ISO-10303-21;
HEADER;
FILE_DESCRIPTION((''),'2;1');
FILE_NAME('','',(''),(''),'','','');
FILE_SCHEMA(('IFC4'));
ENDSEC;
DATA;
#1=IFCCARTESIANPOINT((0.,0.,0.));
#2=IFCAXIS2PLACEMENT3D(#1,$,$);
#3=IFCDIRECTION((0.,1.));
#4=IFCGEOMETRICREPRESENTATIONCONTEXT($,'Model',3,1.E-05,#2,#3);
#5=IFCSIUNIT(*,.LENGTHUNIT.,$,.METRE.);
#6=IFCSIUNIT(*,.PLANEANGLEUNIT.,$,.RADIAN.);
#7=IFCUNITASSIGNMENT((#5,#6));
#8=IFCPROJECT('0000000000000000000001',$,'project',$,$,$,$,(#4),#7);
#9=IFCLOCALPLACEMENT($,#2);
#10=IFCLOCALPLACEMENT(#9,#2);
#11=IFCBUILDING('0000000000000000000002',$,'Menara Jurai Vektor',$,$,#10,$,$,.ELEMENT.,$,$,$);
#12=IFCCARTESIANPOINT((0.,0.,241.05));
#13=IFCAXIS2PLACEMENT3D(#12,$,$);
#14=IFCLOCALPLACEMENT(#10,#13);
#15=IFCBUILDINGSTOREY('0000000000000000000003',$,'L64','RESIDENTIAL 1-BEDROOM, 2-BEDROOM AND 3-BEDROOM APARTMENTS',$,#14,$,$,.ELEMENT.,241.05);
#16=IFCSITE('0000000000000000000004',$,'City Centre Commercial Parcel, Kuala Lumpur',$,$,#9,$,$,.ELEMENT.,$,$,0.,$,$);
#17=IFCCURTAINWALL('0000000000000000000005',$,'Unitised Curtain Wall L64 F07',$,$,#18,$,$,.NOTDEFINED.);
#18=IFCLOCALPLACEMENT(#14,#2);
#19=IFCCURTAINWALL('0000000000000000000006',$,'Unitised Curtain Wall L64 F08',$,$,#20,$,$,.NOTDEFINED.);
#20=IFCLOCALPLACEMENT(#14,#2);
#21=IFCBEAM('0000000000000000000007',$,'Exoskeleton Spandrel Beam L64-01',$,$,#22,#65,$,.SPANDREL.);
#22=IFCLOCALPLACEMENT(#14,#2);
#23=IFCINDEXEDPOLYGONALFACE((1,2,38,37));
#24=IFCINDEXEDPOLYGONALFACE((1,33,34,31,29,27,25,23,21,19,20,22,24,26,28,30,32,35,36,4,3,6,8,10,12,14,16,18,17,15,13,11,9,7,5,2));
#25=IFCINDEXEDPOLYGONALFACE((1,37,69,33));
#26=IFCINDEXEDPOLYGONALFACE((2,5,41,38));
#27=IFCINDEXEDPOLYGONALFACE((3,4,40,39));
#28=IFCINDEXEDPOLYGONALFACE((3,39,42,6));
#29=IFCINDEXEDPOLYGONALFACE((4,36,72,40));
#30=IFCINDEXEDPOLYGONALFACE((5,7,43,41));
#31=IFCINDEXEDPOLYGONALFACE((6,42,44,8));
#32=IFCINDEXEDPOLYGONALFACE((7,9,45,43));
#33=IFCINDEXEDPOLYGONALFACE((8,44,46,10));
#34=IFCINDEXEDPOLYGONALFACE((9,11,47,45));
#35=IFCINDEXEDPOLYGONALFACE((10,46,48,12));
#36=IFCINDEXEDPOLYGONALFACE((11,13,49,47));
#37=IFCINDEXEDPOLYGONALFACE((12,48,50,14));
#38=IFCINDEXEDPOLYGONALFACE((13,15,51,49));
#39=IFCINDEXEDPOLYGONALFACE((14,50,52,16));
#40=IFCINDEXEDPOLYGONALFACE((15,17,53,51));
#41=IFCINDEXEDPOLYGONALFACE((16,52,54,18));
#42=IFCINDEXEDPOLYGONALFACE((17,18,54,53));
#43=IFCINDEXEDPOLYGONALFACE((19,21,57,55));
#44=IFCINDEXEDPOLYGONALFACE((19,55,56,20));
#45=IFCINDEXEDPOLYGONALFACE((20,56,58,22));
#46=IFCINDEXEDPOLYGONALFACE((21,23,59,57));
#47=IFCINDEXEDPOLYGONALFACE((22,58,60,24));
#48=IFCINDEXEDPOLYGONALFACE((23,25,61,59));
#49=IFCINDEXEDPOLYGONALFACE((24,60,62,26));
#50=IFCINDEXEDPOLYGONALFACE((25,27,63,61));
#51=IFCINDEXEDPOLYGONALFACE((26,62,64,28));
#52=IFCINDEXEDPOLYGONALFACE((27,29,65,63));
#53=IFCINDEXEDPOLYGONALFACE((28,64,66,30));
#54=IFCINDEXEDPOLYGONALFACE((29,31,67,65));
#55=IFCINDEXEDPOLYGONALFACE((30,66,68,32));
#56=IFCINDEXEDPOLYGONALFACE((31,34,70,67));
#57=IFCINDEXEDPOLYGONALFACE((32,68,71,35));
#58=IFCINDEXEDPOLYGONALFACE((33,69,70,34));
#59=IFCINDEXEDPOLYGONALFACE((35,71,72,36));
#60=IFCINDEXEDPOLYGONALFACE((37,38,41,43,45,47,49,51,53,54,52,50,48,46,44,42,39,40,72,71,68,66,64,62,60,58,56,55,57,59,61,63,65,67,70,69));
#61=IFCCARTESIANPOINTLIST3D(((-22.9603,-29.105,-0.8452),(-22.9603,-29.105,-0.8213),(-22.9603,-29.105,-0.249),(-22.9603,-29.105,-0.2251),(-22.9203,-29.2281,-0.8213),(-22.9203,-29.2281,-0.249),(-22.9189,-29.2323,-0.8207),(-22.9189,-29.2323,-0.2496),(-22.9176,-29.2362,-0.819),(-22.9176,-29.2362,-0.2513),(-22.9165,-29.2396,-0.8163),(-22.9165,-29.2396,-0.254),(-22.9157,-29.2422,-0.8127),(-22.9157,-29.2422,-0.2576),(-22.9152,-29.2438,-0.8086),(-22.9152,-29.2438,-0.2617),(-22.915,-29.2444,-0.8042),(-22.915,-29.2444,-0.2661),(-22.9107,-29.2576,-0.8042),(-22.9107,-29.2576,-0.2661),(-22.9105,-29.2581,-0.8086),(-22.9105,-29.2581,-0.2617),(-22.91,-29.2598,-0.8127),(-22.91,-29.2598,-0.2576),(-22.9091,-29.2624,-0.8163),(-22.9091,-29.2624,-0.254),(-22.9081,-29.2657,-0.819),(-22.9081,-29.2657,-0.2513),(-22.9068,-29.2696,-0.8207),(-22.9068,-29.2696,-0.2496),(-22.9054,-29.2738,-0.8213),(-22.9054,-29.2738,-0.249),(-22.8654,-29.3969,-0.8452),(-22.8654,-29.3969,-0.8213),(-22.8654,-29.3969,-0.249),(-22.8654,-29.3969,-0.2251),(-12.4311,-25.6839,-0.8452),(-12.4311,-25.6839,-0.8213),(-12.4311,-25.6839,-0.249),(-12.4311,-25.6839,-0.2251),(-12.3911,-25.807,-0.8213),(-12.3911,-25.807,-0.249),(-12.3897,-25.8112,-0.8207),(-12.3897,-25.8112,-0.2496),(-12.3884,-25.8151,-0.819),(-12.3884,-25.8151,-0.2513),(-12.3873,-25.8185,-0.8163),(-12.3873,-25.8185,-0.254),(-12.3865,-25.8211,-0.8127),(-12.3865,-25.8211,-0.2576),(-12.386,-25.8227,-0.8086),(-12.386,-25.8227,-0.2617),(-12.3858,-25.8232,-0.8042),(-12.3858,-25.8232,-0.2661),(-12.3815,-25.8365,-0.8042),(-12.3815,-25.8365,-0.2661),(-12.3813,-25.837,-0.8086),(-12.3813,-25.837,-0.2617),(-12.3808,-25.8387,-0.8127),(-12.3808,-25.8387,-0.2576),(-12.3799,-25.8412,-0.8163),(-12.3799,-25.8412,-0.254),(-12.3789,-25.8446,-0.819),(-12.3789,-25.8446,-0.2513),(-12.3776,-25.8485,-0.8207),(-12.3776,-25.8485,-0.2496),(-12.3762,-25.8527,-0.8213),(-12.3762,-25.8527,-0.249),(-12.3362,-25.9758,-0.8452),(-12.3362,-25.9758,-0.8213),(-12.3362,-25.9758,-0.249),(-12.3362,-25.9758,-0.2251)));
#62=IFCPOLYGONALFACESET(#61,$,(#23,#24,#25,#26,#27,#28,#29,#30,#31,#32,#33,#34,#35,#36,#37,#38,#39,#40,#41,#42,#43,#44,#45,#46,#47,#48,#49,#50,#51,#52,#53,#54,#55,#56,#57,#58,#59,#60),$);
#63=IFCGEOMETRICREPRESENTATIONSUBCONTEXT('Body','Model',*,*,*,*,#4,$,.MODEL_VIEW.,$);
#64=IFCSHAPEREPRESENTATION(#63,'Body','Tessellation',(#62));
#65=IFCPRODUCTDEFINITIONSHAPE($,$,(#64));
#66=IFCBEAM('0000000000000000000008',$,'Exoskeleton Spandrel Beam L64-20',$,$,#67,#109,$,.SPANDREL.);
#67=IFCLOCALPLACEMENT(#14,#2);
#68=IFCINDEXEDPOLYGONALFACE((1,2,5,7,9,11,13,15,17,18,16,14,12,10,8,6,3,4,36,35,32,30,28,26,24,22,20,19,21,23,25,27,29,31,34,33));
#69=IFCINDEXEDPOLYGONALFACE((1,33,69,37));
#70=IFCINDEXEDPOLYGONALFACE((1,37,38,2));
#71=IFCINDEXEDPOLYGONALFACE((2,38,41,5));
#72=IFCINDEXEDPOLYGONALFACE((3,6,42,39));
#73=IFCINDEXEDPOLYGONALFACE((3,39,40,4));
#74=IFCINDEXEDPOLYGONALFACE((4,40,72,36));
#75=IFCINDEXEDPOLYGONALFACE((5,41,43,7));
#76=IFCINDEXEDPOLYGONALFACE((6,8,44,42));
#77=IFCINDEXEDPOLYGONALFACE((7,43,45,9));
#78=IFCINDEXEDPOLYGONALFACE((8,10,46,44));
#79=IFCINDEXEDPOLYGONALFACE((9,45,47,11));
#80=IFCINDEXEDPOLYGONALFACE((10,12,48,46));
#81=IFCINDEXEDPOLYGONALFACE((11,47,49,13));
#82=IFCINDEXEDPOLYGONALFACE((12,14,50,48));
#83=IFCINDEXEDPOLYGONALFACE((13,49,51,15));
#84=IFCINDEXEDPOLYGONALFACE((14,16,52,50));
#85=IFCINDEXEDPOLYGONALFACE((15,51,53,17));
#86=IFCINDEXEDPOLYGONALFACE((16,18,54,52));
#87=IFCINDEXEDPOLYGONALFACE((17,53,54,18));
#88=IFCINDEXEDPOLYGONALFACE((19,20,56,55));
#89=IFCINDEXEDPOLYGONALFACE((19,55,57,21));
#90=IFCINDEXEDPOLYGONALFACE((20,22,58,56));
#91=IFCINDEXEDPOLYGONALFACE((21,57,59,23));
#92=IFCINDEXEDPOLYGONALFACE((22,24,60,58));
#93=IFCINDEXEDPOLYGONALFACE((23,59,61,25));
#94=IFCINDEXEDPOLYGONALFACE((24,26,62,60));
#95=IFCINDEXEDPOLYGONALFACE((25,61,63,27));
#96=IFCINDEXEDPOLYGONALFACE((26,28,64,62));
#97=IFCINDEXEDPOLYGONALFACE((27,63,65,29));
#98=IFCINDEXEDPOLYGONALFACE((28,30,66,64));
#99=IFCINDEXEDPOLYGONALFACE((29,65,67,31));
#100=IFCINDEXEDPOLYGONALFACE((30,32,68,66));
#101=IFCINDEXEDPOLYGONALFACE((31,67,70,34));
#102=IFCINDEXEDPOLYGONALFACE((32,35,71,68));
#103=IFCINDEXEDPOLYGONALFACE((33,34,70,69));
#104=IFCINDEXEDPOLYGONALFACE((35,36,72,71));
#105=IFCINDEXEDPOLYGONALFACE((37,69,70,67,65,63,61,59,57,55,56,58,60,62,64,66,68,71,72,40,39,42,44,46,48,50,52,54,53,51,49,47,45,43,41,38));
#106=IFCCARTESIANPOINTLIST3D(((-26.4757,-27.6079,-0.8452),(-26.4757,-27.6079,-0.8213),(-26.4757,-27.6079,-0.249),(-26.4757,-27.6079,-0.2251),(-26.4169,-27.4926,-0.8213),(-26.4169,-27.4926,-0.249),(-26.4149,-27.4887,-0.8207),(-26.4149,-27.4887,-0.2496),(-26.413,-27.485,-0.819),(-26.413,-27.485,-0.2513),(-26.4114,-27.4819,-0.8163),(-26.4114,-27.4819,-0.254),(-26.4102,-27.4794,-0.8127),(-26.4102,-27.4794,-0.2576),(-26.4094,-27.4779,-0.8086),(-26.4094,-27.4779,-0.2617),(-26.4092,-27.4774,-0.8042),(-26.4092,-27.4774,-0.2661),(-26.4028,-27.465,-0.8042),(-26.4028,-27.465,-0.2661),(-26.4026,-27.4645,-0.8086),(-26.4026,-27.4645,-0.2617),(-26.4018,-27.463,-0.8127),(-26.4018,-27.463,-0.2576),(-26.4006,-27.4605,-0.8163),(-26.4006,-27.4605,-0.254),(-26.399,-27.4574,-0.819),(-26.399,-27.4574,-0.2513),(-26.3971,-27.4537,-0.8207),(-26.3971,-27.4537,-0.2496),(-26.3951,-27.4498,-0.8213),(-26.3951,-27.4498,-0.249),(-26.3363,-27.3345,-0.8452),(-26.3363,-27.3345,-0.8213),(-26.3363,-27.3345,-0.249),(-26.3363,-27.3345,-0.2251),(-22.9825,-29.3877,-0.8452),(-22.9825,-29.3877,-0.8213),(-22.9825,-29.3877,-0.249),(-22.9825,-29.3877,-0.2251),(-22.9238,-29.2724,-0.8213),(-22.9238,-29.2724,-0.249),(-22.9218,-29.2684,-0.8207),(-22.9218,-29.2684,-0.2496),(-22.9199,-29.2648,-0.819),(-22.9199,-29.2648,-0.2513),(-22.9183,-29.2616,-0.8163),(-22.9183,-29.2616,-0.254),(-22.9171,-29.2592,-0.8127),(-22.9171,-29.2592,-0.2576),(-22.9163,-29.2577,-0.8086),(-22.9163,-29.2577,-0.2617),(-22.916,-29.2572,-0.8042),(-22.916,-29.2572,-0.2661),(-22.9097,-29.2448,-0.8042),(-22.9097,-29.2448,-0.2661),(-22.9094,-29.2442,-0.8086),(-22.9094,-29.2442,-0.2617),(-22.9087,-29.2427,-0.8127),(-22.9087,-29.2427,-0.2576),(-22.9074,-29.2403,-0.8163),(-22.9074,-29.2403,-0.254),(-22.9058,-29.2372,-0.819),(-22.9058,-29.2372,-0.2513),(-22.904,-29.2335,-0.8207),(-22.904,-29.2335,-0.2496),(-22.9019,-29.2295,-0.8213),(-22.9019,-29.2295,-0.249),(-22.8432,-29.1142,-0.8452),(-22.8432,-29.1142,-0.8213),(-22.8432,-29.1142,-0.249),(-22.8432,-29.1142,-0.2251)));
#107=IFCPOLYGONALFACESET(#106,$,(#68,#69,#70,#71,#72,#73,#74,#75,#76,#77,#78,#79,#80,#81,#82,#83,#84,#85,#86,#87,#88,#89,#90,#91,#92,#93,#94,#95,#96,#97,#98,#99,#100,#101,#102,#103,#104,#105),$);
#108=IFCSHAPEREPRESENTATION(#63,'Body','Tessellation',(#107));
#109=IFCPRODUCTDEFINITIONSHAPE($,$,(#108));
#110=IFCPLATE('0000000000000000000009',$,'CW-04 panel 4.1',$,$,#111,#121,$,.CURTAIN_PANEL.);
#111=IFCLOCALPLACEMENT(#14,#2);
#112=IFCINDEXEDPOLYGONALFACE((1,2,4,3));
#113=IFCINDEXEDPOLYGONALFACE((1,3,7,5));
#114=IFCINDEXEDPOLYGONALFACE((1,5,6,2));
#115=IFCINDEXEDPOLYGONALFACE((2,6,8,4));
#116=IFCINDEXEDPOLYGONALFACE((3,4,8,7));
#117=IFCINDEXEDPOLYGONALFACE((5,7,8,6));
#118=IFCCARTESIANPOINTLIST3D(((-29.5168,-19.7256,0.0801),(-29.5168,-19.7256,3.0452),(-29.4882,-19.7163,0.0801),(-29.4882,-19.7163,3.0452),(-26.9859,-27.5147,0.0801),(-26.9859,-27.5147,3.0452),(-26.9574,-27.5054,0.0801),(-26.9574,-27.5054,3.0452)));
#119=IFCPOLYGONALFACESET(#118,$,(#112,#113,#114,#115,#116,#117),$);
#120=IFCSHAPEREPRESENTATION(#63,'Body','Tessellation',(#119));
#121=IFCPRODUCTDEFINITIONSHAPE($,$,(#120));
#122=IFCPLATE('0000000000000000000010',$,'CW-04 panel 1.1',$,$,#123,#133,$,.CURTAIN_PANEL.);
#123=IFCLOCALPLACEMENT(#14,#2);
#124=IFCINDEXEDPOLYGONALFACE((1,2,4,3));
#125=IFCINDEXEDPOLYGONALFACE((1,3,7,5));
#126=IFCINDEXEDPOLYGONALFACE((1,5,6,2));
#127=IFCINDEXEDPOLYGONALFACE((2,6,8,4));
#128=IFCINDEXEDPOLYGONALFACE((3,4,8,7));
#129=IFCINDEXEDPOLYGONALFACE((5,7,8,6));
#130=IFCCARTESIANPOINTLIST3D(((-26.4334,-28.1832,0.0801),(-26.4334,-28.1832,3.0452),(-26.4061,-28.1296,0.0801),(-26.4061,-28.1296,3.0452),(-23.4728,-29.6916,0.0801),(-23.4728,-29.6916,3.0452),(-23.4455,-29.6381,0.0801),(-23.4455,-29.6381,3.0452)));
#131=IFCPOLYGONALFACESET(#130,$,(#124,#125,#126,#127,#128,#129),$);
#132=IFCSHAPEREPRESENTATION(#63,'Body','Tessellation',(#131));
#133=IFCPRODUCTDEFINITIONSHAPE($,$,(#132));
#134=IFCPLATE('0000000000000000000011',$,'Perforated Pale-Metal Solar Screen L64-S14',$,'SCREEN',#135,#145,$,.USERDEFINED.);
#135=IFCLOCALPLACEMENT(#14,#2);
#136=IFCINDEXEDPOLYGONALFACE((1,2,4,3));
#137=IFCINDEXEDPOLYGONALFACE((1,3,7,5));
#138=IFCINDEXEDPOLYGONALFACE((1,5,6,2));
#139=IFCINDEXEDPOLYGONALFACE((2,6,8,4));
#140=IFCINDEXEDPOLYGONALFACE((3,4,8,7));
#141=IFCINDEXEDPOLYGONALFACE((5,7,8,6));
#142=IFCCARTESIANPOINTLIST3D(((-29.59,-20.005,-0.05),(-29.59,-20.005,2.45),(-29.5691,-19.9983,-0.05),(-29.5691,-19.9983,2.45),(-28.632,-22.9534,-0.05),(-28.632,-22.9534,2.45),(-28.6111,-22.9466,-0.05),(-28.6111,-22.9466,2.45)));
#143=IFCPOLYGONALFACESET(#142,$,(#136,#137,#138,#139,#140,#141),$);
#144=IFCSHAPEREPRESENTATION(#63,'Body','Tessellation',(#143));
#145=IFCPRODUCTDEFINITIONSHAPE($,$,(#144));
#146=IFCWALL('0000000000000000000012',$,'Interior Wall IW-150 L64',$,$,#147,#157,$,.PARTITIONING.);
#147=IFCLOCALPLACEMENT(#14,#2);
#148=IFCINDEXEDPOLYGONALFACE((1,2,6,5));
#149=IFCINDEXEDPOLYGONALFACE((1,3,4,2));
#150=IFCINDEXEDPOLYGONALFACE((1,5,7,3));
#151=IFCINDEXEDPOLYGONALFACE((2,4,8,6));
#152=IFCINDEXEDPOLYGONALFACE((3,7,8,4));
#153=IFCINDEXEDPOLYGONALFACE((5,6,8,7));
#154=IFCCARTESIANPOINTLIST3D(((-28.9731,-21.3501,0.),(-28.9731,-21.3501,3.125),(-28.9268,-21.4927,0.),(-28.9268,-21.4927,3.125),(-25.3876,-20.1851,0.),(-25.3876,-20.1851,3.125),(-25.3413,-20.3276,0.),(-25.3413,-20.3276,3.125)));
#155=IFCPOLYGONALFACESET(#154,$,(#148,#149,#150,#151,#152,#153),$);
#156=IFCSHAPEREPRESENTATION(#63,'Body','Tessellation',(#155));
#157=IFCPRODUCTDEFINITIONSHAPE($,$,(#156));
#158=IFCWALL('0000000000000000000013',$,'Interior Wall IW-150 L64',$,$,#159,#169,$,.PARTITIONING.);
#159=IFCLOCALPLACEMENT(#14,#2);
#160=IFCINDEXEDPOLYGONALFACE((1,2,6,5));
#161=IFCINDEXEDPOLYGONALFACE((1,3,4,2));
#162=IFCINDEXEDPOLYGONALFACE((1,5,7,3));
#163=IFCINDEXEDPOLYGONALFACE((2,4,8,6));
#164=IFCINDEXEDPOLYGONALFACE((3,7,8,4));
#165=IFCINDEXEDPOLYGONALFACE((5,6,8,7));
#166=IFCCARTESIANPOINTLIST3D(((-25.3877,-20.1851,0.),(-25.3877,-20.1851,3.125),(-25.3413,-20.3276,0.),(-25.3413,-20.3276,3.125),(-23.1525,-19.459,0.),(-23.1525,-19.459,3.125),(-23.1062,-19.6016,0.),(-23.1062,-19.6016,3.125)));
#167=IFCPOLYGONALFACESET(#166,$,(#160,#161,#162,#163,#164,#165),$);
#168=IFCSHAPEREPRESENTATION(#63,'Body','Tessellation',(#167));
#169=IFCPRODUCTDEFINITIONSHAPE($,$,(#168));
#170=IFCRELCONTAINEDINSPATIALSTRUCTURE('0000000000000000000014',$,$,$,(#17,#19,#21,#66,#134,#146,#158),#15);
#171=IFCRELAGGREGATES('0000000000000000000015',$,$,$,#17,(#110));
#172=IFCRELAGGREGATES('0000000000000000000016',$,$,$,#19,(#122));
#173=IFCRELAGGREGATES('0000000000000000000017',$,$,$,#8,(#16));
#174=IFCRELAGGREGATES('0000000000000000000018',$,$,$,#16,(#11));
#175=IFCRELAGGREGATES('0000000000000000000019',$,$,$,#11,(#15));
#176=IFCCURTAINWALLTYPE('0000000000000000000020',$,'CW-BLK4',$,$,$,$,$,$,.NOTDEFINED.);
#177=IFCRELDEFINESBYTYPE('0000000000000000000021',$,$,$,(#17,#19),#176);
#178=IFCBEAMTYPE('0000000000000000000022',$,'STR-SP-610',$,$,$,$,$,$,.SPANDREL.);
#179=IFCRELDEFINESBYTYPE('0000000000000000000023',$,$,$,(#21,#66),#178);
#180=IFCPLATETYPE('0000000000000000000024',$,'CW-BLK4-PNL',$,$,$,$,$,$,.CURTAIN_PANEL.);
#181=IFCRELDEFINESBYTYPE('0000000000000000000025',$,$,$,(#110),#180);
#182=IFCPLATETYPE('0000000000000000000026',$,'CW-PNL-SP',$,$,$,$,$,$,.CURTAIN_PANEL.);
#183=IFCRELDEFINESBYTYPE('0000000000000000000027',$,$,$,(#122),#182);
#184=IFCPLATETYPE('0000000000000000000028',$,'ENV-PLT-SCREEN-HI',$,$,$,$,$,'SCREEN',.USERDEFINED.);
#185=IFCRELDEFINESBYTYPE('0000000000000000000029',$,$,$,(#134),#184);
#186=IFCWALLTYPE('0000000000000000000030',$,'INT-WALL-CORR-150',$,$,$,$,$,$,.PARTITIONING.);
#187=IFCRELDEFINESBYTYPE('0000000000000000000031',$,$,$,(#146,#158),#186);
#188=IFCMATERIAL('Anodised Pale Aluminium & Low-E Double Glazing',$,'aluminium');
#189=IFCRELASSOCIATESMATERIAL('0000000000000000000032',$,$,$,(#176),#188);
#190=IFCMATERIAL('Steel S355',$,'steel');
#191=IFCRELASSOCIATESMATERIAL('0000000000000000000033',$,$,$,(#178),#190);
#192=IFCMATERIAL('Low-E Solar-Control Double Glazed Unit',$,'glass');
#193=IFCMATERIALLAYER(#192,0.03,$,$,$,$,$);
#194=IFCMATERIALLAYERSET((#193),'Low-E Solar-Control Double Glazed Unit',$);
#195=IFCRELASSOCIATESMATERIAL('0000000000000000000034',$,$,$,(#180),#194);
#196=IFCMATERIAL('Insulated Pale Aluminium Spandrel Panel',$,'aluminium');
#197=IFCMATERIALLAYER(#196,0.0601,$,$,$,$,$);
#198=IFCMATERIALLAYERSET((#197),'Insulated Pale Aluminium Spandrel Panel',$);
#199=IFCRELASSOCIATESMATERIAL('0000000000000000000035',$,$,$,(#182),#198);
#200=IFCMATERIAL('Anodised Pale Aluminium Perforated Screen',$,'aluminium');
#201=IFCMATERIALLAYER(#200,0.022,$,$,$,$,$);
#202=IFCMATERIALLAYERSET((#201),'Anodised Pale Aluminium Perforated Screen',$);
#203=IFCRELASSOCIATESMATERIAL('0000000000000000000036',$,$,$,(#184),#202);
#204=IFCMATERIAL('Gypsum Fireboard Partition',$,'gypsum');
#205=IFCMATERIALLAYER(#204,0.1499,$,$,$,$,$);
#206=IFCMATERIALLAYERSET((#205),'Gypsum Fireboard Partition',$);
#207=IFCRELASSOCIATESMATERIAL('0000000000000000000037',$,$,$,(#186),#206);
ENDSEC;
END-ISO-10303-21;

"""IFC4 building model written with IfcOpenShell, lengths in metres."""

from ifc_helpers import new_model, si_unit, direction, frame, frame_2d, origin, origin_2d, place, context, subcontext, project, spatial, rectangle, i_section, extrude, material, layer, layer_set, material_profile, profile_set, type_object, element, aggregate, save


model = new_model("IFC4")

# Units and contexts
model_context = context("Model", 3, precision=1e-05, world=origin(), true_north=direction((0.0, 1.0)))
body_context = subcontext(model_context, "Body", "Model", "MODEL_VIEW")
ifc_project = project(units=[si_unit("LENGTHUNIT", "METRE"), si_unit("PLANEANGLEUNIT", "RADIAN")], contexts=[model_context])

# Site, building, storey
site_placement = place(None, origin())
site = spatial("IfcSite", under=ifc_project, at=site_placement, Name="City Centre Commercial Parcel, Kuala Lumpur", CompositionType="ELEMENT", RefElevation=0.0)
building_placement = place(site_placement, origin())
building = spatial("IfcBuilding", under=site, at=building_placement, Name="Menara Jurai Vektor", CompositionType="ELEMENT")
storey_placement = place(building_placement, frame((0.0, 0.0, 241.05)))
storey = spatial("IfcBuildingStorey", under=building, at=storey_placement, Name="L64", Description="RESIDENTIAL 1-BEDROOM, 2-BEDROOM AND 3-BEDROOM APARTMENTS", CompositionType="ELEMENT", Elevation=241.05)

# Curtain wall
ifc_material_1 = material(Name="Anodised Pale Aluminium & Low-E Double Glazing", Category="aluminium")
curtain_wall_type = type_object("IfcCurtainWallType", Name="CW-BLK4", PredefinedType="NOTDEFINED", material=ifc_material_1)
curtain_wall_1_placement = place(storey_placement, origin())
curtain_wall_1 = element("IfcCurtainWall", 1, at=curtain_wall_1_placement, inside=storey, type_object=curtain_wall_type, Name="Unitised Curtain Wall L64 F07", PredefinedType="NOTDEFINED")

# Curtain wall
curtain_wall_2_placement = place(storey_placement, origin())
curtain_wall_2 = element("IfcCurtainWall", 2, at=curtain_wall_2_placement, inside=storey, type_object=curtain_wall_type, Name="Unitised Curtain Wall L64 F08", PredefinedType="NOTDEFINED")

# Shared definitions
ifc_material_2 = material(Name="Steel S355", Category="steel")

# Beams
ifc_material_profile_1 = material_profile(ifc_material_2, i_section(OverallWidth=0.3069, OverallDepth=0.6201, WebThickness=0.0139, FlangeThickness=0.0239, FilletRadius=0.0171, at=origin_2d()), Name="UKB 610x305x179")
ifc_profile_set_1 = profile_set([ifc_material_profile_1], Name="Steel S355")
beam_type_1 = type_object("IfcBeamType", Name="STR-SP-610", PredefinedType="SPANDREL", material=ifc_profile_set_1)
beam_1_placement = place(storey_placement, frame((-22.9128, -29.251, -0.5352), z_axis=(0.951057, 0.309014, 0.0), x_axis=(-0.309014, 0.951057, 0.0)))
element("IfcBeam", 3, at=beam_1_placement, inside=storey, type_object=beam_type_1, Name="Exoskeleton Spandrel Beam L64-01", PredefinedType="SPANDREL", context=body_context, shape_type="SweptSolid", body=[
    extrude(i_section(OverallWidth=0.3069, OverallDepth=0.6201, WebThickness=0.0139, FlangeThickness=0.0239, FilletRadius=0.0171, at=origin_2d()), origin(), (0.0, 0.0, 1.0), 11.071),
])
beam_2_placement = place(storey_placement, frame((-26.406, -27.4712, -0.5352), z_axis=(0.891014, -0.453976, 0.0), x_axis=(0.453976, 0.891014, 0.0)))
element("IfcBeam", 4, at=beam_2_placement, inside=storey, type_object=beam_type_1, Name="Exoskeleton Spandrel Beam L64-20", PredefinedType="SPANDREL", context=body_context, shape_type="SweptSolid", body=[
    extrude(i_section(OverallWidth=0.3069, OverallDepth=0.6201, WebThickness=0.0139, FlangeThickness=0.0239, FilletRadius=0.0171, at=origin_2d()), origin(), (0.0, 0.0, 1.0), 3.9204),
])

# Plates
ifc_material_3 = material(Name="Low-E Solar-Control Double Glazed Unit", Category="glass")
ifc_layer_1 = layer(ifc_material_3, 0.03)
ifc_layer_set_1 = layer_set([ifc_layer_1], Name="Low-E Solar-Control Double Glazed Unit")
plate_type_1 = type_object("IfcPlateType", Name="CW-BLK4-PNL", PredefinedType="CURTAIN_PANEL", material=ifc_layer_set_1)
plate_1_placement = place(storey_placement, frame((-28.2371, -23.6155, 0.0801), z_axis=(0.0, 0.0, 1.0), x_axis=(0.309016, -0.951057, 0.0)))
plate_1 = element("IfcPlate", 5, at=plate_1_placement, type_object=plate_type_1, Name="CW-04 panel 4.1", PredefinedType="CURTAIN_PANEL", context=body_context, shape_type="SweptSolid", body=[
    extrude(rectangle(XDim=8.1899, YDim=0.03, at=origin_2d()), origin(), (0.0, 0.0, 1.0), 2.9651),
])
aggregate(curtain_wall_1, [plate_1])
ifc_material_4 = material(Name="Insulated Pale Aluminium Spandrel Panel", Category="aluminium")
ifc_layer_2 = layer(ifc_material_4, 0.0601)
ifc_layer_set_2 = layer_set([ifc_layer_2], Name="Insulated Pale Aluminium Spandrel Panel")
plate_type_2 = type_object("IfcPlateType", Name="CW-PNL-SP", PredefinedType="CURTAIN_PANEL", material=ifc_layer_set_2)
plate_2_placement = place(storey_placement, frame((-24.9395, -28.9106, 0.0801), z_axis=(0.0, 0.0, 1.0), x_axis=(0.891008, -0.453989, 0.0)))
plate_2 = element("IfcPlate", 6, at=plate_2_placement, type_object=plate_type_2, Name="CW-04 panel 1.1", PredefinedType="CURTAIN_PANEL", context=body_context, shape_type="SweptSolid", body=[
    extrude(rectangle(XDim=3.3228, YDim=0.0601, at=origin_2d()), origin(), (0.0, 0.0, 1.0), 2.9651),
])
aggregate(curtain_wall_2, [plate_2])
ifc_material_5 = material(Name="Anodised Pale Aluminium Perforated Screen", Category="aluminium")
ifc_layer_3 = layer(ifc_material_5, 0.022)
ifc_layer_set_3 = layer_set([ifc_layer_3], Name="Anodised Pale Aluminium Perforated Screen")
plate_type_3 = type_object("IfcPlateType", Name="ENV-PLT-SCREEN-HI", ElementType="SCREEN", PredefinedType="USERDEFINED", material=ifc_layer_set_3)
plate_3_placement = place(storey_placement, frame((-29.1006, -21.4758, -0.05), z_axis=(0.0, 0.0, 1.0), x_axis=(0.309017, -0.951057, 0.0)))
element("IfcPlate", 7, at=plate_3_placement, inside=storey, type_object=plate_type_3, Name="Perforated Pale-Metal Solar Screen L64-S14", ObjectType="SCREEN", PredefinedType="USERDEFINED", context=body_context, shape_type="SweptSolid", body=[
    extrude(rectangle(XDim=3.1001, YDim=0.022, at=origin_2d()), origin(), (0.0, 0.0, 1.0), 2.5),
])

# Walls
ifc_material_6 = material(Name="Gypsum Fireboard Partition", Category="gypsum")
ifc_layer_4 = layer(ifc_material_6, 0.1499)
ifc_layer_set_4 = layer_set([ifc_layer_4], Name="Gypsum Fireboard Partition")
wall_type_1 = type_object("IfcWallType", Name="INT-WALL-CORR-150", PredefinedType="PARTITIONING", material=ifc_layer_set_4)
wall_1_placement = place(storey_placement, frame((-28.95, -21.4214, 0.0), z_axis=(0.0, 0.0, 1.0), x_axis=(0.951052, 0.30903, 0.0)))
element("IfcWall", 8, at=wall_1_placement, inside=storey, type_object=wall_type_1, Name="Interior Wall IW-150 L64", PredefinedType="PARTITIONING", context=body_context, shape_type="SweptSolid", body=[
    extrude(rectangle(XDim=3.77, YDim=0.1499, at=frame_2d((1.885, 0.0))), origin(), (0.0, 0.0, 1.0), 3.125),
])
wall_2_placement = place(storey_placement, frame((-25.3645, -20.2563, 0.0), z_axis=(0.0, 0.0, 1.0), x_axis=(0.951076, 0.308957, 0.0)))
element("IfcWall", 9, at=wall_2_placement, inside=storey, type_object=wall_type_1, Name="Interior Wall IW-150 L64", PredefinedType="PARTITIONING", context=body_context, shape_type="SweptSolid", body=[
    extrude(rectangle(XDim=2.3501, YDim=0.1499, at=frame_2d((1.175, 0.0))), origin(), (0.0, 0.0, 1.0), 3.125),
])

save(model, "model.ifc")
